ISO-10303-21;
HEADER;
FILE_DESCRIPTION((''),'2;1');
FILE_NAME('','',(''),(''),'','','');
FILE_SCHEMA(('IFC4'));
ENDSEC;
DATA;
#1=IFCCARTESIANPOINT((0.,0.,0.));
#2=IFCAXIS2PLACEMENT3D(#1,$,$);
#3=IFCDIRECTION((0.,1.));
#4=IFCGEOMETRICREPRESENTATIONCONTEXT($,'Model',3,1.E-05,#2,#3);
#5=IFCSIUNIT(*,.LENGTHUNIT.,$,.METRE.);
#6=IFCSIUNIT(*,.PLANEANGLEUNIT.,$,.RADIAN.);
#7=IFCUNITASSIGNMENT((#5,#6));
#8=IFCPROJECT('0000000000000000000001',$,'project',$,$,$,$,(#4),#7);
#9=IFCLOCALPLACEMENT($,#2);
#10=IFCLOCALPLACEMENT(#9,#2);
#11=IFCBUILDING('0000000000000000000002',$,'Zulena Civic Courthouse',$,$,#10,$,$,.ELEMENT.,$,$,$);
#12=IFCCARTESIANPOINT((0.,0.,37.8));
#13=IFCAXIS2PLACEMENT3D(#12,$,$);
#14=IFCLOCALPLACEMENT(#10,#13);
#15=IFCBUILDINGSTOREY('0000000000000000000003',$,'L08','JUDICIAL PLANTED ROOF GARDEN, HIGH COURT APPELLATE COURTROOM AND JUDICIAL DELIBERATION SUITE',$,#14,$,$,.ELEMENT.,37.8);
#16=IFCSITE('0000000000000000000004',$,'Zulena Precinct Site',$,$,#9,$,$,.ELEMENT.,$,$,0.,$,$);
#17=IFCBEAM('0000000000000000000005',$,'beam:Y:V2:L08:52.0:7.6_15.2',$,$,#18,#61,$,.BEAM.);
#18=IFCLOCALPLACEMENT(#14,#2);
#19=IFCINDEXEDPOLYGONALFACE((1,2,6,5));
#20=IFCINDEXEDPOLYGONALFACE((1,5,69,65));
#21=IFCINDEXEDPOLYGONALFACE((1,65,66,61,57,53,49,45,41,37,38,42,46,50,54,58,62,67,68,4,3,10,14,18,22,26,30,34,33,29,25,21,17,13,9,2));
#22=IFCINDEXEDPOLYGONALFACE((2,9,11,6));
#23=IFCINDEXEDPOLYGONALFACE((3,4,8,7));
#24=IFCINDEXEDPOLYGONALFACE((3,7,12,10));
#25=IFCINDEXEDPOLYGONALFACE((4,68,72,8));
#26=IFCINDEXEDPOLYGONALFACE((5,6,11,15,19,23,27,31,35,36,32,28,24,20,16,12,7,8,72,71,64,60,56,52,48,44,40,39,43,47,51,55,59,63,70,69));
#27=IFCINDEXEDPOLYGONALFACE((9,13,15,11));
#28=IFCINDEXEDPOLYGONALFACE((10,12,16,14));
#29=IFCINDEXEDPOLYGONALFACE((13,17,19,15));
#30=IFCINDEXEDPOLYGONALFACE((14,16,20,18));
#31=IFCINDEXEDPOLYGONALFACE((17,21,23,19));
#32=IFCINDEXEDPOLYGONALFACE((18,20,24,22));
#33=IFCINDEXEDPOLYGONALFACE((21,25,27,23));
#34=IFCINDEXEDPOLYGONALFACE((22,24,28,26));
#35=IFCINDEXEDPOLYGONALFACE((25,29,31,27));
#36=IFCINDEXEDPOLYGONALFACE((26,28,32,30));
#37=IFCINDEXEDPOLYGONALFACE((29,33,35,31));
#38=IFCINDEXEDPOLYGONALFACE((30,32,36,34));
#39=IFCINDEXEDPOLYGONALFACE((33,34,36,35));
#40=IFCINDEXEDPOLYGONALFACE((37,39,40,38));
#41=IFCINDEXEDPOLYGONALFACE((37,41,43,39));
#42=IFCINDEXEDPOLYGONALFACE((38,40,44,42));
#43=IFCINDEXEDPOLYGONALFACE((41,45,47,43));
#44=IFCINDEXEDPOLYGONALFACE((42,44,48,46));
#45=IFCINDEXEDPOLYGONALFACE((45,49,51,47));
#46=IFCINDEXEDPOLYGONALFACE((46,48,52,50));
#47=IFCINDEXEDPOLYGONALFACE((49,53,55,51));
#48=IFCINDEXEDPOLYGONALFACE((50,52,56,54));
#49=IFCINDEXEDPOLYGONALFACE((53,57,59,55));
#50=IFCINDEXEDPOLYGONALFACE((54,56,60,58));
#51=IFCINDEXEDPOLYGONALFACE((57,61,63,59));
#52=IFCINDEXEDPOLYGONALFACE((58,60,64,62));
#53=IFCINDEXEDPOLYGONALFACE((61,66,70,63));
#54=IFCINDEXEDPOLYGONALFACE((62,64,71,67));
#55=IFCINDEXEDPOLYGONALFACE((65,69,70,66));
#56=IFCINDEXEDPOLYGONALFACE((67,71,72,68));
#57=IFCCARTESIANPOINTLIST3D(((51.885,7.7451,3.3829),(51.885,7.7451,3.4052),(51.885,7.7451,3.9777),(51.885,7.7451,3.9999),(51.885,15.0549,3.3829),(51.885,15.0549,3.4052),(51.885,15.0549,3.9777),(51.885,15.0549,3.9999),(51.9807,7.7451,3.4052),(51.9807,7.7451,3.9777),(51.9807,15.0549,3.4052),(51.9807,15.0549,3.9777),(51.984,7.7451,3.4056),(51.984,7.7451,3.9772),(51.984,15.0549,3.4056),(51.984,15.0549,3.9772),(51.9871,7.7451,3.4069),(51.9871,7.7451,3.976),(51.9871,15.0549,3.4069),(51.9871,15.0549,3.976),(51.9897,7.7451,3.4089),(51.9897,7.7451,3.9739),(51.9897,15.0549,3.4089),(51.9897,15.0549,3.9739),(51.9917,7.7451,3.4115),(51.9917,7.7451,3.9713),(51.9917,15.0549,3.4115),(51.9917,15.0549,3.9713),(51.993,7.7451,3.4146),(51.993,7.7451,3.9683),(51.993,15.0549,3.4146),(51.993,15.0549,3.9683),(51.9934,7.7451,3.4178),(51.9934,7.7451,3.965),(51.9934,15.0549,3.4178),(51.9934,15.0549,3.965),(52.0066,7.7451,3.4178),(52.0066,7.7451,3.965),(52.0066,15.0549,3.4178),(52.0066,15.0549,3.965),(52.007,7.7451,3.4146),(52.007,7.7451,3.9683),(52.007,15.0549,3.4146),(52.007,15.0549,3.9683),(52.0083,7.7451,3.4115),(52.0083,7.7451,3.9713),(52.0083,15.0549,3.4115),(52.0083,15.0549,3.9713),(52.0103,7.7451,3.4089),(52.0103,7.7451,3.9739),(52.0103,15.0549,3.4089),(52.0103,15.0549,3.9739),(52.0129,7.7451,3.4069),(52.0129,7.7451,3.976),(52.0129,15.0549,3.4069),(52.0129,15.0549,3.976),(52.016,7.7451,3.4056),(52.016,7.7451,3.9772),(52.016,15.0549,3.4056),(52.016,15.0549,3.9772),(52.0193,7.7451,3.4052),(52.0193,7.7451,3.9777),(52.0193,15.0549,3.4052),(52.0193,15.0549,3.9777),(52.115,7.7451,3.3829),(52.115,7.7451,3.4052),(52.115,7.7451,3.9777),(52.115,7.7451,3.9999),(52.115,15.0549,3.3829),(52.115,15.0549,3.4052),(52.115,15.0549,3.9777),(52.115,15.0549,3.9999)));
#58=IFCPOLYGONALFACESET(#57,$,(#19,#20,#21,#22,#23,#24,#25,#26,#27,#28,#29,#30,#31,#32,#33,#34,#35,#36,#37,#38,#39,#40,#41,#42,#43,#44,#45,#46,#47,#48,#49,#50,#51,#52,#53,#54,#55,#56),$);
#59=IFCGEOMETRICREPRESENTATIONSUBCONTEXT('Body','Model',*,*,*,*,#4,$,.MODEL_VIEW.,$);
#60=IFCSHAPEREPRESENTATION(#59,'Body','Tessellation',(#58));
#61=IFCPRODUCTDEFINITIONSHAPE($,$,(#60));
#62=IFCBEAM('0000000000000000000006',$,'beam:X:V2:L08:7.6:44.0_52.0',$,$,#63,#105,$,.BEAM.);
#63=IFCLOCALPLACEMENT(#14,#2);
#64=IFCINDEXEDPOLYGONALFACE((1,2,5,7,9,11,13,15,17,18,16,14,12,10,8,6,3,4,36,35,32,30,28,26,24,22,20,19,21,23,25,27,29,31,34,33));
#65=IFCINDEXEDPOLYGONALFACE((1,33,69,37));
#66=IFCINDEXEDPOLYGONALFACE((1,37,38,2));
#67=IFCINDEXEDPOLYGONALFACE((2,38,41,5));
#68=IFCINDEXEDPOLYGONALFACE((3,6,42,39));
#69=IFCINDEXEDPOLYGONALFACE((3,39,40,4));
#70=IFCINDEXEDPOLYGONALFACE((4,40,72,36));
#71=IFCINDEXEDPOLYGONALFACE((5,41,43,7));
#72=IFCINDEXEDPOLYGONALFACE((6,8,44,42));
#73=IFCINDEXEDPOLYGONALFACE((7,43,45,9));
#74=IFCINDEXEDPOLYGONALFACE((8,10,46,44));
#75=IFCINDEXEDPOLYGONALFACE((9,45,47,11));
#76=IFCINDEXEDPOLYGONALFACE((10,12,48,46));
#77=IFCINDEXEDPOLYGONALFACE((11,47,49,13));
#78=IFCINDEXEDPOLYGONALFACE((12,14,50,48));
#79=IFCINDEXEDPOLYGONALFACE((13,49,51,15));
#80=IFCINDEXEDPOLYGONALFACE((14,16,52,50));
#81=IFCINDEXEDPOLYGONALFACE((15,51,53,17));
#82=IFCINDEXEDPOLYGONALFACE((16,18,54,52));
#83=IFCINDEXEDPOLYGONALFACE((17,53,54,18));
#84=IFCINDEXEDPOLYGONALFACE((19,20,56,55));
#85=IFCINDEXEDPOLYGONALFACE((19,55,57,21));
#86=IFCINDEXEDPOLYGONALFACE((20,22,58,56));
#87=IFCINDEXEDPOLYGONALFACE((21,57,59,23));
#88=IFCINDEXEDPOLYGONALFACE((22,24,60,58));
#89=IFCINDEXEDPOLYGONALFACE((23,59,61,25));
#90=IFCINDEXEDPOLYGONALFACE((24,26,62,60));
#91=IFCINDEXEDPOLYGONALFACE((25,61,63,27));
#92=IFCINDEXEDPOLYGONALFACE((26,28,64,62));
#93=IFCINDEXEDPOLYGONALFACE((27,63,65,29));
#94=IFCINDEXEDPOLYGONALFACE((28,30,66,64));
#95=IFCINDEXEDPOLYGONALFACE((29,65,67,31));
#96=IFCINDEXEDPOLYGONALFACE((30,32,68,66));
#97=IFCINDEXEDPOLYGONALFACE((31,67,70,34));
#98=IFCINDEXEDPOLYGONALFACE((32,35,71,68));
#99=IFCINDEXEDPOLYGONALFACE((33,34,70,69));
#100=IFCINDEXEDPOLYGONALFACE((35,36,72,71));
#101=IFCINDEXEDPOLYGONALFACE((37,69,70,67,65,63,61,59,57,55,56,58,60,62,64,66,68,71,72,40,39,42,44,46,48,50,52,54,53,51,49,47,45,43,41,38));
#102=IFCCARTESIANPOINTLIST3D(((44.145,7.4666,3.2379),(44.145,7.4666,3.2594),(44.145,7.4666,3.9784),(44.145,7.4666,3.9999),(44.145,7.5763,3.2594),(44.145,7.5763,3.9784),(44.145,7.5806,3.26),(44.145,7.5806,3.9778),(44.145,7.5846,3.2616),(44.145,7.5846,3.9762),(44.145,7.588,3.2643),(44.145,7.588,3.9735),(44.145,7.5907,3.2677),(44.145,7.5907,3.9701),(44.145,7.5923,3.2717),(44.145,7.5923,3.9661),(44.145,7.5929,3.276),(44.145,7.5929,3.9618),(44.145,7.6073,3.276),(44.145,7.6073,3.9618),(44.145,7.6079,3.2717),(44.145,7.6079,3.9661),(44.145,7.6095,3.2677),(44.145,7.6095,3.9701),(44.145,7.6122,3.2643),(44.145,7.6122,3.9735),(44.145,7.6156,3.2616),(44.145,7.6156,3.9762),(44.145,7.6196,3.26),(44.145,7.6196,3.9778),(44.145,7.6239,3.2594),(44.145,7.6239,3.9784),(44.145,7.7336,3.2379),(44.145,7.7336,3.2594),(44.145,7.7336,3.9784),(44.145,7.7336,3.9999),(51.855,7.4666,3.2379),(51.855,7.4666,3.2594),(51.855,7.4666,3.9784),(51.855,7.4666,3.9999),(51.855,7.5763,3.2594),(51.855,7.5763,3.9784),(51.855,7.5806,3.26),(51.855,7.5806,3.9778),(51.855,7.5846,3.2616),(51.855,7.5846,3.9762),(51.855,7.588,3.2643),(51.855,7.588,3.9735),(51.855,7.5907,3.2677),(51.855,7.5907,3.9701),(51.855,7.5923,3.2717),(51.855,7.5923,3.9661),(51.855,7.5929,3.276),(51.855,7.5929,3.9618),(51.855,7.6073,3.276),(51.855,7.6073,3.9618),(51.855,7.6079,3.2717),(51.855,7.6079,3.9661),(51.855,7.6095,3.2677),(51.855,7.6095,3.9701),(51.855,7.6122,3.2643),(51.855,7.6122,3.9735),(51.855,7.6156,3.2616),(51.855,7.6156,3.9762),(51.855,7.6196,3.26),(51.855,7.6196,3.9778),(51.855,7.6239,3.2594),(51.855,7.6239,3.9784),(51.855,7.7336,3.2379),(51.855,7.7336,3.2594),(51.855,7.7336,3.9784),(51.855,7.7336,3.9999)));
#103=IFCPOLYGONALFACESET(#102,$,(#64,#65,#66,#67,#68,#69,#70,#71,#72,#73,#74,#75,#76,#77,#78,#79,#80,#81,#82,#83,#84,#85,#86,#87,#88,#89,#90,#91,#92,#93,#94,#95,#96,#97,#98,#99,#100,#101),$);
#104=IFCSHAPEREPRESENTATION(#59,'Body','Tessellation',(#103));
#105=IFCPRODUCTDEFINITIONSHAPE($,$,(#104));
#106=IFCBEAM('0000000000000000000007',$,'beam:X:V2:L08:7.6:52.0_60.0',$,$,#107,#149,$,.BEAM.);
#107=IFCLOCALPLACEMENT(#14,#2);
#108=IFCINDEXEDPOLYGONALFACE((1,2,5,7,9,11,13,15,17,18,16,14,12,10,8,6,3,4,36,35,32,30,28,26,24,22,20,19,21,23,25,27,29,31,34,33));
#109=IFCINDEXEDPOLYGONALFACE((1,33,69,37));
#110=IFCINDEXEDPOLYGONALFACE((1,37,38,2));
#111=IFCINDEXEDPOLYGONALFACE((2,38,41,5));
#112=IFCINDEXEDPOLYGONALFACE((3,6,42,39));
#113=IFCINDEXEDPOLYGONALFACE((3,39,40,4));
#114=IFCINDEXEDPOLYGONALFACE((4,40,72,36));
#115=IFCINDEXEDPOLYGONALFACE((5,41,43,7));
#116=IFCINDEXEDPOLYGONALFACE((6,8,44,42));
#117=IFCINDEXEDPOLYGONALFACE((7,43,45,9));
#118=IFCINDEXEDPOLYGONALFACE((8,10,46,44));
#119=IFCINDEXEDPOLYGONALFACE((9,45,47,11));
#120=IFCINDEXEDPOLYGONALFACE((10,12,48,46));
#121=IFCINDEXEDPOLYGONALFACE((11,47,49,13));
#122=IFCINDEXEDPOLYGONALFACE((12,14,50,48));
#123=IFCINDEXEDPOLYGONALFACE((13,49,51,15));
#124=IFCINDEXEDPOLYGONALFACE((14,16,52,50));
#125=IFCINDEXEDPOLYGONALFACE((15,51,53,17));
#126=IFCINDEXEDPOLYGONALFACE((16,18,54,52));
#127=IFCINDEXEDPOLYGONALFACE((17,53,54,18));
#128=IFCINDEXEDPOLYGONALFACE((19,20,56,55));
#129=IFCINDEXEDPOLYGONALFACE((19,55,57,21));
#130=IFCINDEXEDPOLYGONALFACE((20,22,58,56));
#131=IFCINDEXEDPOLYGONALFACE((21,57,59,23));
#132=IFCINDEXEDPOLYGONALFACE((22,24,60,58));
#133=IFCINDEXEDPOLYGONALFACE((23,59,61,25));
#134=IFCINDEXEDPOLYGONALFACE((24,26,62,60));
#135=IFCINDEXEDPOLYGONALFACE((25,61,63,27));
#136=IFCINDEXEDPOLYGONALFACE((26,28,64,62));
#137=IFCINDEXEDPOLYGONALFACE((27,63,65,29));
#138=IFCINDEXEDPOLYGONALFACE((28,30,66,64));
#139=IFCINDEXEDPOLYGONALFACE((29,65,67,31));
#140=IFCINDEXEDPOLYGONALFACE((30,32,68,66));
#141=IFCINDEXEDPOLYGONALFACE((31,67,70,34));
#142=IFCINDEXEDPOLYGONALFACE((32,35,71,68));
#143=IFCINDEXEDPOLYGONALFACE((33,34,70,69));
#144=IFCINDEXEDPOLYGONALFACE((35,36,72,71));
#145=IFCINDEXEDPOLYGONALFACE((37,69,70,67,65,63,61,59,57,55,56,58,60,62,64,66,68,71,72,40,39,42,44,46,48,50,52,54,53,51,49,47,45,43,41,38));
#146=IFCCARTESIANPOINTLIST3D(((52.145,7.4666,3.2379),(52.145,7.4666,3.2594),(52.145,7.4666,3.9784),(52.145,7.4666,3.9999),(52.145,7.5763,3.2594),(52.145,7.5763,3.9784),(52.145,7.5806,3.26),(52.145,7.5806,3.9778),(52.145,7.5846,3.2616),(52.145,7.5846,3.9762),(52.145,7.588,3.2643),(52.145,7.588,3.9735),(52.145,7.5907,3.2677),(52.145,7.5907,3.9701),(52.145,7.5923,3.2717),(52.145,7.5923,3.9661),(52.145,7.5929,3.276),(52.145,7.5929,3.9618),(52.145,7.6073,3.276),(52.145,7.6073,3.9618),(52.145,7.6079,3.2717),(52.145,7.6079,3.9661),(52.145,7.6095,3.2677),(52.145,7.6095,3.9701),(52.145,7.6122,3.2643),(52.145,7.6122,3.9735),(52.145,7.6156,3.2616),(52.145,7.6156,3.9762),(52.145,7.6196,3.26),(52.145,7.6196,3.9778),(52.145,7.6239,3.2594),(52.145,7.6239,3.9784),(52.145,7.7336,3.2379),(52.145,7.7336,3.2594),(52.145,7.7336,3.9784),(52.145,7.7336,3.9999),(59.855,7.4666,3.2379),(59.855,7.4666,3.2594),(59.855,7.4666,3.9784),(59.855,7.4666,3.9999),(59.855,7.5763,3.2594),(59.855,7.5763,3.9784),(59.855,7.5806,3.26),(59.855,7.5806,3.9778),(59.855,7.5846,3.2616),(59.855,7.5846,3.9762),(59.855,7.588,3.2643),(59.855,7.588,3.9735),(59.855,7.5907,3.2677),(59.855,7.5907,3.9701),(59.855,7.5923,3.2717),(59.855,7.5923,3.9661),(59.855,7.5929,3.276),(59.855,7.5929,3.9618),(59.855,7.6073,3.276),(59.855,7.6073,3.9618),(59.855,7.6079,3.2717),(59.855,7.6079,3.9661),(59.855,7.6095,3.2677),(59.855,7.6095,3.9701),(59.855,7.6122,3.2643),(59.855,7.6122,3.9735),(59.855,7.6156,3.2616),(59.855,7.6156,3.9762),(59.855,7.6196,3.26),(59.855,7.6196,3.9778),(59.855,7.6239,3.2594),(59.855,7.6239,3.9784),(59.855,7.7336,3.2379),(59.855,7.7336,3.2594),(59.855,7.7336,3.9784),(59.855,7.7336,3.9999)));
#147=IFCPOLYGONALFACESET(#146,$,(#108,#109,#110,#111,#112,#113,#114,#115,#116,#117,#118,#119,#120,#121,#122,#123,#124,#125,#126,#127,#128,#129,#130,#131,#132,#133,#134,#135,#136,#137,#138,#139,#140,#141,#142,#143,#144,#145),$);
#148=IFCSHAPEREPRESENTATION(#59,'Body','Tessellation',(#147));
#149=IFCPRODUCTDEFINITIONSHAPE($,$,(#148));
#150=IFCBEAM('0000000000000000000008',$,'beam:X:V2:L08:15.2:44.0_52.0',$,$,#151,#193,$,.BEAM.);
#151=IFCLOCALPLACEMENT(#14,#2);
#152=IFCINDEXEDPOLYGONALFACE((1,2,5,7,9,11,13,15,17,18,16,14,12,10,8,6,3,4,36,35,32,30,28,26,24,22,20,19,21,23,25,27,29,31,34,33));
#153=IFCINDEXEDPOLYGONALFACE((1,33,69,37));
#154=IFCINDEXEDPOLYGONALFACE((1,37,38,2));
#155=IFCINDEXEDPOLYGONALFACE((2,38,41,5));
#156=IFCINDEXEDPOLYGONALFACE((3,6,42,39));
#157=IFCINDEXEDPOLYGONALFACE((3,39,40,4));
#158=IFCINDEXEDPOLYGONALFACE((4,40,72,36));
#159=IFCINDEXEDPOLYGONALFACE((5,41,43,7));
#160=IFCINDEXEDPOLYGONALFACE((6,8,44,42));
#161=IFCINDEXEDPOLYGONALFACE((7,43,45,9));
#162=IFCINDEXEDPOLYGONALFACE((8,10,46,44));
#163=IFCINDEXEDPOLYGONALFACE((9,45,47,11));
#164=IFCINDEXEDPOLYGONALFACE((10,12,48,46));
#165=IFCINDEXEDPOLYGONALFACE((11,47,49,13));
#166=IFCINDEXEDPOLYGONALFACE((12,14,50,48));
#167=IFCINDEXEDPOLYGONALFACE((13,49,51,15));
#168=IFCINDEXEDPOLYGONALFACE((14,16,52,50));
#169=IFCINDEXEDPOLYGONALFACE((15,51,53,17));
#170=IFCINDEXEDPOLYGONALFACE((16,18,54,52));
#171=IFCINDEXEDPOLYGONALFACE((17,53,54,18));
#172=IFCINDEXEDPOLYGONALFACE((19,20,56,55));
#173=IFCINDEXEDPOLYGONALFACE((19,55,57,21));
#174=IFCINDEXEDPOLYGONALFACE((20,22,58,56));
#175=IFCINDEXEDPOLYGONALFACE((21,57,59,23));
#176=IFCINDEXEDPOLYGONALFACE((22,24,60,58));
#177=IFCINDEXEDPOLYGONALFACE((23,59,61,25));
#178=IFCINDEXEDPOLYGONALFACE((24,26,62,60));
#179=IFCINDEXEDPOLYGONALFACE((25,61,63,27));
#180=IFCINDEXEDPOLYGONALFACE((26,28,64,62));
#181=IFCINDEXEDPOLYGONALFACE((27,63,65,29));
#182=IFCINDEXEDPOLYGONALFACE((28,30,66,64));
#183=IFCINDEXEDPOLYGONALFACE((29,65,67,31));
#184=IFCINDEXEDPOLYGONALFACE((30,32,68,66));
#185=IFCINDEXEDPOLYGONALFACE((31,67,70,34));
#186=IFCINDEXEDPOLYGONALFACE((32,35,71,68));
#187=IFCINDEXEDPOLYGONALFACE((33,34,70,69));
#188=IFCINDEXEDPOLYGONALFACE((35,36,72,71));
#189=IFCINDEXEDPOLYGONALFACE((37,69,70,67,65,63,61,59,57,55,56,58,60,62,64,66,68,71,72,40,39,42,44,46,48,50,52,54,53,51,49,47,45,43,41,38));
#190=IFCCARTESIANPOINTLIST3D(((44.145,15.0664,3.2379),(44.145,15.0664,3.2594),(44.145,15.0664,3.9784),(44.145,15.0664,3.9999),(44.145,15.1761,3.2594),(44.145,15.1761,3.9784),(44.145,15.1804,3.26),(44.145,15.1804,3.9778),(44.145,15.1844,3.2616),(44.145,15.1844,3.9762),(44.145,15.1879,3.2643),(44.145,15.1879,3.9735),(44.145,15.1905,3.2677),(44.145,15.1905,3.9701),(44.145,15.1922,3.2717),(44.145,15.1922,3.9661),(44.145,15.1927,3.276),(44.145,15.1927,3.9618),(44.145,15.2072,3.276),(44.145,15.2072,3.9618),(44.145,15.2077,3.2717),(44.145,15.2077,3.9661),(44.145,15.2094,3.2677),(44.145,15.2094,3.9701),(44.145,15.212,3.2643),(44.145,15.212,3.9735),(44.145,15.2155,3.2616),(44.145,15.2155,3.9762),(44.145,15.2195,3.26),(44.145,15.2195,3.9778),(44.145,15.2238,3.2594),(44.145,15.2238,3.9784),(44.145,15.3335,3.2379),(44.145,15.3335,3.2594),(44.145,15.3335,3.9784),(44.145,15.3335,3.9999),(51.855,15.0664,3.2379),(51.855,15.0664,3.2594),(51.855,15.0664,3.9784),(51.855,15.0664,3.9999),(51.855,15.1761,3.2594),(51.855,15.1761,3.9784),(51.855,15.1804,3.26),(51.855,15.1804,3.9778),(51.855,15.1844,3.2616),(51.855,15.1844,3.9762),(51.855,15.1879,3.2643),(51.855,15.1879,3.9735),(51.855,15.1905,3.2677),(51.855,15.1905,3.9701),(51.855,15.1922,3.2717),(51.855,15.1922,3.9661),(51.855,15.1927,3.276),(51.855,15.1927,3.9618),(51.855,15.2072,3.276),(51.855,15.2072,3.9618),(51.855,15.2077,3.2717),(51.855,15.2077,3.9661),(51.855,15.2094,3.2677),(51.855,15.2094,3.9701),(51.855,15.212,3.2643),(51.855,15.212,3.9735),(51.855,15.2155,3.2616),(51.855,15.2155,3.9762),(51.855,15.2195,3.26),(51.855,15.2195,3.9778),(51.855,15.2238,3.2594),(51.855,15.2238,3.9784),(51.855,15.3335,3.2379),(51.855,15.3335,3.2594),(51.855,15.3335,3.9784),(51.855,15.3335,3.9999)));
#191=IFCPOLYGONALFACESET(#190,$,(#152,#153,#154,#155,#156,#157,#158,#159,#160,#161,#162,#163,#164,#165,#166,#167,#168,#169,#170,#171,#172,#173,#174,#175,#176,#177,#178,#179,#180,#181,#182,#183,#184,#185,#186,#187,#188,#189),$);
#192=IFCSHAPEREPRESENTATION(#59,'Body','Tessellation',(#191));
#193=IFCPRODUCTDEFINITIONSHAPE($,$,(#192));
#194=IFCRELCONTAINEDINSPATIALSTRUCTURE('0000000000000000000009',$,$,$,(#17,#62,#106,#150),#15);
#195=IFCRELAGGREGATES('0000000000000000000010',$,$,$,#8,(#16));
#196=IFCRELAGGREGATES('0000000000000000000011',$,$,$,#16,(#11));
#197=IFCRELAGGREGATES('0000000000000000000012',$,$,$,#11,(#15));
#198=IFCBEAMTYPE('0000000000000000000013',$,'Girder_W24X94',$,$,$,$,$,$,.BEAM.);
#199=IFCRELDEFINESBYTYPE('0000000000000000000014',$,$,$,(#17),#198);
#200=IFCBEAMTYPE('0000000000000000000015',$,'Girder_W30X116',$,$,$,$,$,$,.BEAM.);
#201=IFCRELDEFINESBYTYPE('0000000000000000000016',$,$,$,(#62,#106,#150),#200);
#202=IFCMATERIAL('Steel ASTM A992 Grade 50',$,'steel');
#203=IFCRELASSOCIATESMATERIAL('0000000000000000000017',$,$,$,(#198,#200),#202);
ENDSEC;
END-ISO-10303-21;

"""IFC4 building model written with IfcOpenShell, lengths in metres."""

from ifc_helpers import new_model, si_unit, direction, frame, origin, origin_2d, place, context, subcontext, project, spatial, i_section, extrude, material, material_profile, profile_set, type_object, element, save


model = new_model("IFC4")

# Units and contexts
model_context = context("Model", 3, precision=1e-05, world=origin(), true_north=direction((0.0, 1.0)))
body_context = subcontext(model_context, "Body", "Model", "MODEL_VIEW")
ifc_project = project(units=[si_unit("LENGTHUNIT", "METRE"), si_unit("PLANEANGLEUNIT", "RADIAN")], contexts=[model_context])

# Site, building, storey
site_placement = place(None, origin())
site = spatial("IfcSite", under=ifc_project, at=site_placement, Name="Zulena Precinct Site", CompositionType="ELEMENT", RefElevation=0.0)
building_placement = place(site_placement, origin())
building = spatial("IfcBuilding", under=site, at=building_placement, Name="Zulena Civic Courthouse", CompositionType="ELEMENT")
storey_placement = place(building_placement, frame((0.0, 0.0, 37.8)))
storey = spatial("IfcBuildingStorey", under=building, at=storey_placement, Name="L08", Description="JUDICIAL PLANTED ROOF GARDEN, HIGH COURT APPELLATE COURTROOM AND JUDICIAL DELIBERATION SUITE", CompositionType="ELEMENT", Elevation=37.8)

# Shared definitions
ifc_material_1 = material(Name="Steel ASTM A992 Grade 50", Category="steel")

# Beams
ifc_material_profile_1 = material_profile(ifc_material_1, i_section(OverallWidth=0.23, OverallDepth=0.6169, WebThickness=0.0132, FlangeThickness=0.0222, FilletRadius=0.0127, at=origin_2d()), Name="W24X94")
ifc_profile_set_1 = profile_set([ifc_material_profile_1], Name="Steel ASTM A992 Grade 50")
beam_type_1 = type_object("IfcBeamType", Name="Girder_W24X94", PredefinedType="BEAM", material=ifc_profile_set_1)
beam_1_placement = place(storey_placement, frame((52.0, 7.7451, 3.6914), z_axis=(0.0, 1.0, 0.0), x_axis=(-1.0, 0.0, 0.0)))
element("IfcBeam", 1, at=beam_1_placement, inside=storey, type_object=beam_type_1, Name="beam:Y:V2:L08:52.0:7.6_15.2", PredefinedType="BEAM", context=body_context, shape_type="SweptSolid", body=[
    extrude(i_section(OverallWidth=0.23, OverallDepth=0.6169, WebThickness=0.0132, FlangeThickness=0.0222, FilletRadius=0.0127, at=origin_2d()), origin(), (0.0, 0.0, 1.0), 7.3098),
])
ifc_material_profile_2 = material_profile(ifc_material_1, i_section(OverallWidth=0.2671, OverallDepth=0.762, WebThickness=0.0144, FlangeThickness=0.0215, FilletRadius=0.0166, at=origin_2d()), Name="W30X116")
ifc_profile_set_2 = profile_set([ifc_material_profile_2], Name="Steel ASTM A992 Grade 50")
beam_type_2 = type_object("IfcBeamType", Name="Girder_W30X116", PredefinedType="BEAM", material=ifc_profile_set_2)
for number, where, z_axis, x_axis, name in (
    (2, (44.145, 7.6001, 3.6189), (1.0, 0.0, 0.0), (0.0, 1.0, 0.0), "beam:X:V2:L08:7.6:44.0_52.0"),
    (3, (52.145, 7.6001, 3.6189), (1.0, 0.0, 0.0), (0.0, 1.0, 0.0), "beam:X:V2:L08:7.6:52.0_60.0"),
    (4, (44.145, 15.2, 3.6189), (1.0, 0.0, 0.0), (0.0, 1.0, 0.0), "beam:X:V2:L08:15.2:44.0_52.0"),
):
    element("IfcBeam", number, at=place(storey_placement, frame(where, z_axis=z_axis, x_axis=x_axis)), inside=storey, type_object=beam_type_2, Name=name, PredefinedType="BEAM", context=body_context, shape_type="SweptSolid", body=[
        extrude(i_section(OverallWidth=0.2671, OverallDepth=0.762, WebThickness=0.0144, FlangeThickness=0.0215, FilletRadius=0.0166, at=origin_2d()), origin(), (0.0, 0.0, 1.0), 7.71),
    ])

save(model, "model.ifc")
